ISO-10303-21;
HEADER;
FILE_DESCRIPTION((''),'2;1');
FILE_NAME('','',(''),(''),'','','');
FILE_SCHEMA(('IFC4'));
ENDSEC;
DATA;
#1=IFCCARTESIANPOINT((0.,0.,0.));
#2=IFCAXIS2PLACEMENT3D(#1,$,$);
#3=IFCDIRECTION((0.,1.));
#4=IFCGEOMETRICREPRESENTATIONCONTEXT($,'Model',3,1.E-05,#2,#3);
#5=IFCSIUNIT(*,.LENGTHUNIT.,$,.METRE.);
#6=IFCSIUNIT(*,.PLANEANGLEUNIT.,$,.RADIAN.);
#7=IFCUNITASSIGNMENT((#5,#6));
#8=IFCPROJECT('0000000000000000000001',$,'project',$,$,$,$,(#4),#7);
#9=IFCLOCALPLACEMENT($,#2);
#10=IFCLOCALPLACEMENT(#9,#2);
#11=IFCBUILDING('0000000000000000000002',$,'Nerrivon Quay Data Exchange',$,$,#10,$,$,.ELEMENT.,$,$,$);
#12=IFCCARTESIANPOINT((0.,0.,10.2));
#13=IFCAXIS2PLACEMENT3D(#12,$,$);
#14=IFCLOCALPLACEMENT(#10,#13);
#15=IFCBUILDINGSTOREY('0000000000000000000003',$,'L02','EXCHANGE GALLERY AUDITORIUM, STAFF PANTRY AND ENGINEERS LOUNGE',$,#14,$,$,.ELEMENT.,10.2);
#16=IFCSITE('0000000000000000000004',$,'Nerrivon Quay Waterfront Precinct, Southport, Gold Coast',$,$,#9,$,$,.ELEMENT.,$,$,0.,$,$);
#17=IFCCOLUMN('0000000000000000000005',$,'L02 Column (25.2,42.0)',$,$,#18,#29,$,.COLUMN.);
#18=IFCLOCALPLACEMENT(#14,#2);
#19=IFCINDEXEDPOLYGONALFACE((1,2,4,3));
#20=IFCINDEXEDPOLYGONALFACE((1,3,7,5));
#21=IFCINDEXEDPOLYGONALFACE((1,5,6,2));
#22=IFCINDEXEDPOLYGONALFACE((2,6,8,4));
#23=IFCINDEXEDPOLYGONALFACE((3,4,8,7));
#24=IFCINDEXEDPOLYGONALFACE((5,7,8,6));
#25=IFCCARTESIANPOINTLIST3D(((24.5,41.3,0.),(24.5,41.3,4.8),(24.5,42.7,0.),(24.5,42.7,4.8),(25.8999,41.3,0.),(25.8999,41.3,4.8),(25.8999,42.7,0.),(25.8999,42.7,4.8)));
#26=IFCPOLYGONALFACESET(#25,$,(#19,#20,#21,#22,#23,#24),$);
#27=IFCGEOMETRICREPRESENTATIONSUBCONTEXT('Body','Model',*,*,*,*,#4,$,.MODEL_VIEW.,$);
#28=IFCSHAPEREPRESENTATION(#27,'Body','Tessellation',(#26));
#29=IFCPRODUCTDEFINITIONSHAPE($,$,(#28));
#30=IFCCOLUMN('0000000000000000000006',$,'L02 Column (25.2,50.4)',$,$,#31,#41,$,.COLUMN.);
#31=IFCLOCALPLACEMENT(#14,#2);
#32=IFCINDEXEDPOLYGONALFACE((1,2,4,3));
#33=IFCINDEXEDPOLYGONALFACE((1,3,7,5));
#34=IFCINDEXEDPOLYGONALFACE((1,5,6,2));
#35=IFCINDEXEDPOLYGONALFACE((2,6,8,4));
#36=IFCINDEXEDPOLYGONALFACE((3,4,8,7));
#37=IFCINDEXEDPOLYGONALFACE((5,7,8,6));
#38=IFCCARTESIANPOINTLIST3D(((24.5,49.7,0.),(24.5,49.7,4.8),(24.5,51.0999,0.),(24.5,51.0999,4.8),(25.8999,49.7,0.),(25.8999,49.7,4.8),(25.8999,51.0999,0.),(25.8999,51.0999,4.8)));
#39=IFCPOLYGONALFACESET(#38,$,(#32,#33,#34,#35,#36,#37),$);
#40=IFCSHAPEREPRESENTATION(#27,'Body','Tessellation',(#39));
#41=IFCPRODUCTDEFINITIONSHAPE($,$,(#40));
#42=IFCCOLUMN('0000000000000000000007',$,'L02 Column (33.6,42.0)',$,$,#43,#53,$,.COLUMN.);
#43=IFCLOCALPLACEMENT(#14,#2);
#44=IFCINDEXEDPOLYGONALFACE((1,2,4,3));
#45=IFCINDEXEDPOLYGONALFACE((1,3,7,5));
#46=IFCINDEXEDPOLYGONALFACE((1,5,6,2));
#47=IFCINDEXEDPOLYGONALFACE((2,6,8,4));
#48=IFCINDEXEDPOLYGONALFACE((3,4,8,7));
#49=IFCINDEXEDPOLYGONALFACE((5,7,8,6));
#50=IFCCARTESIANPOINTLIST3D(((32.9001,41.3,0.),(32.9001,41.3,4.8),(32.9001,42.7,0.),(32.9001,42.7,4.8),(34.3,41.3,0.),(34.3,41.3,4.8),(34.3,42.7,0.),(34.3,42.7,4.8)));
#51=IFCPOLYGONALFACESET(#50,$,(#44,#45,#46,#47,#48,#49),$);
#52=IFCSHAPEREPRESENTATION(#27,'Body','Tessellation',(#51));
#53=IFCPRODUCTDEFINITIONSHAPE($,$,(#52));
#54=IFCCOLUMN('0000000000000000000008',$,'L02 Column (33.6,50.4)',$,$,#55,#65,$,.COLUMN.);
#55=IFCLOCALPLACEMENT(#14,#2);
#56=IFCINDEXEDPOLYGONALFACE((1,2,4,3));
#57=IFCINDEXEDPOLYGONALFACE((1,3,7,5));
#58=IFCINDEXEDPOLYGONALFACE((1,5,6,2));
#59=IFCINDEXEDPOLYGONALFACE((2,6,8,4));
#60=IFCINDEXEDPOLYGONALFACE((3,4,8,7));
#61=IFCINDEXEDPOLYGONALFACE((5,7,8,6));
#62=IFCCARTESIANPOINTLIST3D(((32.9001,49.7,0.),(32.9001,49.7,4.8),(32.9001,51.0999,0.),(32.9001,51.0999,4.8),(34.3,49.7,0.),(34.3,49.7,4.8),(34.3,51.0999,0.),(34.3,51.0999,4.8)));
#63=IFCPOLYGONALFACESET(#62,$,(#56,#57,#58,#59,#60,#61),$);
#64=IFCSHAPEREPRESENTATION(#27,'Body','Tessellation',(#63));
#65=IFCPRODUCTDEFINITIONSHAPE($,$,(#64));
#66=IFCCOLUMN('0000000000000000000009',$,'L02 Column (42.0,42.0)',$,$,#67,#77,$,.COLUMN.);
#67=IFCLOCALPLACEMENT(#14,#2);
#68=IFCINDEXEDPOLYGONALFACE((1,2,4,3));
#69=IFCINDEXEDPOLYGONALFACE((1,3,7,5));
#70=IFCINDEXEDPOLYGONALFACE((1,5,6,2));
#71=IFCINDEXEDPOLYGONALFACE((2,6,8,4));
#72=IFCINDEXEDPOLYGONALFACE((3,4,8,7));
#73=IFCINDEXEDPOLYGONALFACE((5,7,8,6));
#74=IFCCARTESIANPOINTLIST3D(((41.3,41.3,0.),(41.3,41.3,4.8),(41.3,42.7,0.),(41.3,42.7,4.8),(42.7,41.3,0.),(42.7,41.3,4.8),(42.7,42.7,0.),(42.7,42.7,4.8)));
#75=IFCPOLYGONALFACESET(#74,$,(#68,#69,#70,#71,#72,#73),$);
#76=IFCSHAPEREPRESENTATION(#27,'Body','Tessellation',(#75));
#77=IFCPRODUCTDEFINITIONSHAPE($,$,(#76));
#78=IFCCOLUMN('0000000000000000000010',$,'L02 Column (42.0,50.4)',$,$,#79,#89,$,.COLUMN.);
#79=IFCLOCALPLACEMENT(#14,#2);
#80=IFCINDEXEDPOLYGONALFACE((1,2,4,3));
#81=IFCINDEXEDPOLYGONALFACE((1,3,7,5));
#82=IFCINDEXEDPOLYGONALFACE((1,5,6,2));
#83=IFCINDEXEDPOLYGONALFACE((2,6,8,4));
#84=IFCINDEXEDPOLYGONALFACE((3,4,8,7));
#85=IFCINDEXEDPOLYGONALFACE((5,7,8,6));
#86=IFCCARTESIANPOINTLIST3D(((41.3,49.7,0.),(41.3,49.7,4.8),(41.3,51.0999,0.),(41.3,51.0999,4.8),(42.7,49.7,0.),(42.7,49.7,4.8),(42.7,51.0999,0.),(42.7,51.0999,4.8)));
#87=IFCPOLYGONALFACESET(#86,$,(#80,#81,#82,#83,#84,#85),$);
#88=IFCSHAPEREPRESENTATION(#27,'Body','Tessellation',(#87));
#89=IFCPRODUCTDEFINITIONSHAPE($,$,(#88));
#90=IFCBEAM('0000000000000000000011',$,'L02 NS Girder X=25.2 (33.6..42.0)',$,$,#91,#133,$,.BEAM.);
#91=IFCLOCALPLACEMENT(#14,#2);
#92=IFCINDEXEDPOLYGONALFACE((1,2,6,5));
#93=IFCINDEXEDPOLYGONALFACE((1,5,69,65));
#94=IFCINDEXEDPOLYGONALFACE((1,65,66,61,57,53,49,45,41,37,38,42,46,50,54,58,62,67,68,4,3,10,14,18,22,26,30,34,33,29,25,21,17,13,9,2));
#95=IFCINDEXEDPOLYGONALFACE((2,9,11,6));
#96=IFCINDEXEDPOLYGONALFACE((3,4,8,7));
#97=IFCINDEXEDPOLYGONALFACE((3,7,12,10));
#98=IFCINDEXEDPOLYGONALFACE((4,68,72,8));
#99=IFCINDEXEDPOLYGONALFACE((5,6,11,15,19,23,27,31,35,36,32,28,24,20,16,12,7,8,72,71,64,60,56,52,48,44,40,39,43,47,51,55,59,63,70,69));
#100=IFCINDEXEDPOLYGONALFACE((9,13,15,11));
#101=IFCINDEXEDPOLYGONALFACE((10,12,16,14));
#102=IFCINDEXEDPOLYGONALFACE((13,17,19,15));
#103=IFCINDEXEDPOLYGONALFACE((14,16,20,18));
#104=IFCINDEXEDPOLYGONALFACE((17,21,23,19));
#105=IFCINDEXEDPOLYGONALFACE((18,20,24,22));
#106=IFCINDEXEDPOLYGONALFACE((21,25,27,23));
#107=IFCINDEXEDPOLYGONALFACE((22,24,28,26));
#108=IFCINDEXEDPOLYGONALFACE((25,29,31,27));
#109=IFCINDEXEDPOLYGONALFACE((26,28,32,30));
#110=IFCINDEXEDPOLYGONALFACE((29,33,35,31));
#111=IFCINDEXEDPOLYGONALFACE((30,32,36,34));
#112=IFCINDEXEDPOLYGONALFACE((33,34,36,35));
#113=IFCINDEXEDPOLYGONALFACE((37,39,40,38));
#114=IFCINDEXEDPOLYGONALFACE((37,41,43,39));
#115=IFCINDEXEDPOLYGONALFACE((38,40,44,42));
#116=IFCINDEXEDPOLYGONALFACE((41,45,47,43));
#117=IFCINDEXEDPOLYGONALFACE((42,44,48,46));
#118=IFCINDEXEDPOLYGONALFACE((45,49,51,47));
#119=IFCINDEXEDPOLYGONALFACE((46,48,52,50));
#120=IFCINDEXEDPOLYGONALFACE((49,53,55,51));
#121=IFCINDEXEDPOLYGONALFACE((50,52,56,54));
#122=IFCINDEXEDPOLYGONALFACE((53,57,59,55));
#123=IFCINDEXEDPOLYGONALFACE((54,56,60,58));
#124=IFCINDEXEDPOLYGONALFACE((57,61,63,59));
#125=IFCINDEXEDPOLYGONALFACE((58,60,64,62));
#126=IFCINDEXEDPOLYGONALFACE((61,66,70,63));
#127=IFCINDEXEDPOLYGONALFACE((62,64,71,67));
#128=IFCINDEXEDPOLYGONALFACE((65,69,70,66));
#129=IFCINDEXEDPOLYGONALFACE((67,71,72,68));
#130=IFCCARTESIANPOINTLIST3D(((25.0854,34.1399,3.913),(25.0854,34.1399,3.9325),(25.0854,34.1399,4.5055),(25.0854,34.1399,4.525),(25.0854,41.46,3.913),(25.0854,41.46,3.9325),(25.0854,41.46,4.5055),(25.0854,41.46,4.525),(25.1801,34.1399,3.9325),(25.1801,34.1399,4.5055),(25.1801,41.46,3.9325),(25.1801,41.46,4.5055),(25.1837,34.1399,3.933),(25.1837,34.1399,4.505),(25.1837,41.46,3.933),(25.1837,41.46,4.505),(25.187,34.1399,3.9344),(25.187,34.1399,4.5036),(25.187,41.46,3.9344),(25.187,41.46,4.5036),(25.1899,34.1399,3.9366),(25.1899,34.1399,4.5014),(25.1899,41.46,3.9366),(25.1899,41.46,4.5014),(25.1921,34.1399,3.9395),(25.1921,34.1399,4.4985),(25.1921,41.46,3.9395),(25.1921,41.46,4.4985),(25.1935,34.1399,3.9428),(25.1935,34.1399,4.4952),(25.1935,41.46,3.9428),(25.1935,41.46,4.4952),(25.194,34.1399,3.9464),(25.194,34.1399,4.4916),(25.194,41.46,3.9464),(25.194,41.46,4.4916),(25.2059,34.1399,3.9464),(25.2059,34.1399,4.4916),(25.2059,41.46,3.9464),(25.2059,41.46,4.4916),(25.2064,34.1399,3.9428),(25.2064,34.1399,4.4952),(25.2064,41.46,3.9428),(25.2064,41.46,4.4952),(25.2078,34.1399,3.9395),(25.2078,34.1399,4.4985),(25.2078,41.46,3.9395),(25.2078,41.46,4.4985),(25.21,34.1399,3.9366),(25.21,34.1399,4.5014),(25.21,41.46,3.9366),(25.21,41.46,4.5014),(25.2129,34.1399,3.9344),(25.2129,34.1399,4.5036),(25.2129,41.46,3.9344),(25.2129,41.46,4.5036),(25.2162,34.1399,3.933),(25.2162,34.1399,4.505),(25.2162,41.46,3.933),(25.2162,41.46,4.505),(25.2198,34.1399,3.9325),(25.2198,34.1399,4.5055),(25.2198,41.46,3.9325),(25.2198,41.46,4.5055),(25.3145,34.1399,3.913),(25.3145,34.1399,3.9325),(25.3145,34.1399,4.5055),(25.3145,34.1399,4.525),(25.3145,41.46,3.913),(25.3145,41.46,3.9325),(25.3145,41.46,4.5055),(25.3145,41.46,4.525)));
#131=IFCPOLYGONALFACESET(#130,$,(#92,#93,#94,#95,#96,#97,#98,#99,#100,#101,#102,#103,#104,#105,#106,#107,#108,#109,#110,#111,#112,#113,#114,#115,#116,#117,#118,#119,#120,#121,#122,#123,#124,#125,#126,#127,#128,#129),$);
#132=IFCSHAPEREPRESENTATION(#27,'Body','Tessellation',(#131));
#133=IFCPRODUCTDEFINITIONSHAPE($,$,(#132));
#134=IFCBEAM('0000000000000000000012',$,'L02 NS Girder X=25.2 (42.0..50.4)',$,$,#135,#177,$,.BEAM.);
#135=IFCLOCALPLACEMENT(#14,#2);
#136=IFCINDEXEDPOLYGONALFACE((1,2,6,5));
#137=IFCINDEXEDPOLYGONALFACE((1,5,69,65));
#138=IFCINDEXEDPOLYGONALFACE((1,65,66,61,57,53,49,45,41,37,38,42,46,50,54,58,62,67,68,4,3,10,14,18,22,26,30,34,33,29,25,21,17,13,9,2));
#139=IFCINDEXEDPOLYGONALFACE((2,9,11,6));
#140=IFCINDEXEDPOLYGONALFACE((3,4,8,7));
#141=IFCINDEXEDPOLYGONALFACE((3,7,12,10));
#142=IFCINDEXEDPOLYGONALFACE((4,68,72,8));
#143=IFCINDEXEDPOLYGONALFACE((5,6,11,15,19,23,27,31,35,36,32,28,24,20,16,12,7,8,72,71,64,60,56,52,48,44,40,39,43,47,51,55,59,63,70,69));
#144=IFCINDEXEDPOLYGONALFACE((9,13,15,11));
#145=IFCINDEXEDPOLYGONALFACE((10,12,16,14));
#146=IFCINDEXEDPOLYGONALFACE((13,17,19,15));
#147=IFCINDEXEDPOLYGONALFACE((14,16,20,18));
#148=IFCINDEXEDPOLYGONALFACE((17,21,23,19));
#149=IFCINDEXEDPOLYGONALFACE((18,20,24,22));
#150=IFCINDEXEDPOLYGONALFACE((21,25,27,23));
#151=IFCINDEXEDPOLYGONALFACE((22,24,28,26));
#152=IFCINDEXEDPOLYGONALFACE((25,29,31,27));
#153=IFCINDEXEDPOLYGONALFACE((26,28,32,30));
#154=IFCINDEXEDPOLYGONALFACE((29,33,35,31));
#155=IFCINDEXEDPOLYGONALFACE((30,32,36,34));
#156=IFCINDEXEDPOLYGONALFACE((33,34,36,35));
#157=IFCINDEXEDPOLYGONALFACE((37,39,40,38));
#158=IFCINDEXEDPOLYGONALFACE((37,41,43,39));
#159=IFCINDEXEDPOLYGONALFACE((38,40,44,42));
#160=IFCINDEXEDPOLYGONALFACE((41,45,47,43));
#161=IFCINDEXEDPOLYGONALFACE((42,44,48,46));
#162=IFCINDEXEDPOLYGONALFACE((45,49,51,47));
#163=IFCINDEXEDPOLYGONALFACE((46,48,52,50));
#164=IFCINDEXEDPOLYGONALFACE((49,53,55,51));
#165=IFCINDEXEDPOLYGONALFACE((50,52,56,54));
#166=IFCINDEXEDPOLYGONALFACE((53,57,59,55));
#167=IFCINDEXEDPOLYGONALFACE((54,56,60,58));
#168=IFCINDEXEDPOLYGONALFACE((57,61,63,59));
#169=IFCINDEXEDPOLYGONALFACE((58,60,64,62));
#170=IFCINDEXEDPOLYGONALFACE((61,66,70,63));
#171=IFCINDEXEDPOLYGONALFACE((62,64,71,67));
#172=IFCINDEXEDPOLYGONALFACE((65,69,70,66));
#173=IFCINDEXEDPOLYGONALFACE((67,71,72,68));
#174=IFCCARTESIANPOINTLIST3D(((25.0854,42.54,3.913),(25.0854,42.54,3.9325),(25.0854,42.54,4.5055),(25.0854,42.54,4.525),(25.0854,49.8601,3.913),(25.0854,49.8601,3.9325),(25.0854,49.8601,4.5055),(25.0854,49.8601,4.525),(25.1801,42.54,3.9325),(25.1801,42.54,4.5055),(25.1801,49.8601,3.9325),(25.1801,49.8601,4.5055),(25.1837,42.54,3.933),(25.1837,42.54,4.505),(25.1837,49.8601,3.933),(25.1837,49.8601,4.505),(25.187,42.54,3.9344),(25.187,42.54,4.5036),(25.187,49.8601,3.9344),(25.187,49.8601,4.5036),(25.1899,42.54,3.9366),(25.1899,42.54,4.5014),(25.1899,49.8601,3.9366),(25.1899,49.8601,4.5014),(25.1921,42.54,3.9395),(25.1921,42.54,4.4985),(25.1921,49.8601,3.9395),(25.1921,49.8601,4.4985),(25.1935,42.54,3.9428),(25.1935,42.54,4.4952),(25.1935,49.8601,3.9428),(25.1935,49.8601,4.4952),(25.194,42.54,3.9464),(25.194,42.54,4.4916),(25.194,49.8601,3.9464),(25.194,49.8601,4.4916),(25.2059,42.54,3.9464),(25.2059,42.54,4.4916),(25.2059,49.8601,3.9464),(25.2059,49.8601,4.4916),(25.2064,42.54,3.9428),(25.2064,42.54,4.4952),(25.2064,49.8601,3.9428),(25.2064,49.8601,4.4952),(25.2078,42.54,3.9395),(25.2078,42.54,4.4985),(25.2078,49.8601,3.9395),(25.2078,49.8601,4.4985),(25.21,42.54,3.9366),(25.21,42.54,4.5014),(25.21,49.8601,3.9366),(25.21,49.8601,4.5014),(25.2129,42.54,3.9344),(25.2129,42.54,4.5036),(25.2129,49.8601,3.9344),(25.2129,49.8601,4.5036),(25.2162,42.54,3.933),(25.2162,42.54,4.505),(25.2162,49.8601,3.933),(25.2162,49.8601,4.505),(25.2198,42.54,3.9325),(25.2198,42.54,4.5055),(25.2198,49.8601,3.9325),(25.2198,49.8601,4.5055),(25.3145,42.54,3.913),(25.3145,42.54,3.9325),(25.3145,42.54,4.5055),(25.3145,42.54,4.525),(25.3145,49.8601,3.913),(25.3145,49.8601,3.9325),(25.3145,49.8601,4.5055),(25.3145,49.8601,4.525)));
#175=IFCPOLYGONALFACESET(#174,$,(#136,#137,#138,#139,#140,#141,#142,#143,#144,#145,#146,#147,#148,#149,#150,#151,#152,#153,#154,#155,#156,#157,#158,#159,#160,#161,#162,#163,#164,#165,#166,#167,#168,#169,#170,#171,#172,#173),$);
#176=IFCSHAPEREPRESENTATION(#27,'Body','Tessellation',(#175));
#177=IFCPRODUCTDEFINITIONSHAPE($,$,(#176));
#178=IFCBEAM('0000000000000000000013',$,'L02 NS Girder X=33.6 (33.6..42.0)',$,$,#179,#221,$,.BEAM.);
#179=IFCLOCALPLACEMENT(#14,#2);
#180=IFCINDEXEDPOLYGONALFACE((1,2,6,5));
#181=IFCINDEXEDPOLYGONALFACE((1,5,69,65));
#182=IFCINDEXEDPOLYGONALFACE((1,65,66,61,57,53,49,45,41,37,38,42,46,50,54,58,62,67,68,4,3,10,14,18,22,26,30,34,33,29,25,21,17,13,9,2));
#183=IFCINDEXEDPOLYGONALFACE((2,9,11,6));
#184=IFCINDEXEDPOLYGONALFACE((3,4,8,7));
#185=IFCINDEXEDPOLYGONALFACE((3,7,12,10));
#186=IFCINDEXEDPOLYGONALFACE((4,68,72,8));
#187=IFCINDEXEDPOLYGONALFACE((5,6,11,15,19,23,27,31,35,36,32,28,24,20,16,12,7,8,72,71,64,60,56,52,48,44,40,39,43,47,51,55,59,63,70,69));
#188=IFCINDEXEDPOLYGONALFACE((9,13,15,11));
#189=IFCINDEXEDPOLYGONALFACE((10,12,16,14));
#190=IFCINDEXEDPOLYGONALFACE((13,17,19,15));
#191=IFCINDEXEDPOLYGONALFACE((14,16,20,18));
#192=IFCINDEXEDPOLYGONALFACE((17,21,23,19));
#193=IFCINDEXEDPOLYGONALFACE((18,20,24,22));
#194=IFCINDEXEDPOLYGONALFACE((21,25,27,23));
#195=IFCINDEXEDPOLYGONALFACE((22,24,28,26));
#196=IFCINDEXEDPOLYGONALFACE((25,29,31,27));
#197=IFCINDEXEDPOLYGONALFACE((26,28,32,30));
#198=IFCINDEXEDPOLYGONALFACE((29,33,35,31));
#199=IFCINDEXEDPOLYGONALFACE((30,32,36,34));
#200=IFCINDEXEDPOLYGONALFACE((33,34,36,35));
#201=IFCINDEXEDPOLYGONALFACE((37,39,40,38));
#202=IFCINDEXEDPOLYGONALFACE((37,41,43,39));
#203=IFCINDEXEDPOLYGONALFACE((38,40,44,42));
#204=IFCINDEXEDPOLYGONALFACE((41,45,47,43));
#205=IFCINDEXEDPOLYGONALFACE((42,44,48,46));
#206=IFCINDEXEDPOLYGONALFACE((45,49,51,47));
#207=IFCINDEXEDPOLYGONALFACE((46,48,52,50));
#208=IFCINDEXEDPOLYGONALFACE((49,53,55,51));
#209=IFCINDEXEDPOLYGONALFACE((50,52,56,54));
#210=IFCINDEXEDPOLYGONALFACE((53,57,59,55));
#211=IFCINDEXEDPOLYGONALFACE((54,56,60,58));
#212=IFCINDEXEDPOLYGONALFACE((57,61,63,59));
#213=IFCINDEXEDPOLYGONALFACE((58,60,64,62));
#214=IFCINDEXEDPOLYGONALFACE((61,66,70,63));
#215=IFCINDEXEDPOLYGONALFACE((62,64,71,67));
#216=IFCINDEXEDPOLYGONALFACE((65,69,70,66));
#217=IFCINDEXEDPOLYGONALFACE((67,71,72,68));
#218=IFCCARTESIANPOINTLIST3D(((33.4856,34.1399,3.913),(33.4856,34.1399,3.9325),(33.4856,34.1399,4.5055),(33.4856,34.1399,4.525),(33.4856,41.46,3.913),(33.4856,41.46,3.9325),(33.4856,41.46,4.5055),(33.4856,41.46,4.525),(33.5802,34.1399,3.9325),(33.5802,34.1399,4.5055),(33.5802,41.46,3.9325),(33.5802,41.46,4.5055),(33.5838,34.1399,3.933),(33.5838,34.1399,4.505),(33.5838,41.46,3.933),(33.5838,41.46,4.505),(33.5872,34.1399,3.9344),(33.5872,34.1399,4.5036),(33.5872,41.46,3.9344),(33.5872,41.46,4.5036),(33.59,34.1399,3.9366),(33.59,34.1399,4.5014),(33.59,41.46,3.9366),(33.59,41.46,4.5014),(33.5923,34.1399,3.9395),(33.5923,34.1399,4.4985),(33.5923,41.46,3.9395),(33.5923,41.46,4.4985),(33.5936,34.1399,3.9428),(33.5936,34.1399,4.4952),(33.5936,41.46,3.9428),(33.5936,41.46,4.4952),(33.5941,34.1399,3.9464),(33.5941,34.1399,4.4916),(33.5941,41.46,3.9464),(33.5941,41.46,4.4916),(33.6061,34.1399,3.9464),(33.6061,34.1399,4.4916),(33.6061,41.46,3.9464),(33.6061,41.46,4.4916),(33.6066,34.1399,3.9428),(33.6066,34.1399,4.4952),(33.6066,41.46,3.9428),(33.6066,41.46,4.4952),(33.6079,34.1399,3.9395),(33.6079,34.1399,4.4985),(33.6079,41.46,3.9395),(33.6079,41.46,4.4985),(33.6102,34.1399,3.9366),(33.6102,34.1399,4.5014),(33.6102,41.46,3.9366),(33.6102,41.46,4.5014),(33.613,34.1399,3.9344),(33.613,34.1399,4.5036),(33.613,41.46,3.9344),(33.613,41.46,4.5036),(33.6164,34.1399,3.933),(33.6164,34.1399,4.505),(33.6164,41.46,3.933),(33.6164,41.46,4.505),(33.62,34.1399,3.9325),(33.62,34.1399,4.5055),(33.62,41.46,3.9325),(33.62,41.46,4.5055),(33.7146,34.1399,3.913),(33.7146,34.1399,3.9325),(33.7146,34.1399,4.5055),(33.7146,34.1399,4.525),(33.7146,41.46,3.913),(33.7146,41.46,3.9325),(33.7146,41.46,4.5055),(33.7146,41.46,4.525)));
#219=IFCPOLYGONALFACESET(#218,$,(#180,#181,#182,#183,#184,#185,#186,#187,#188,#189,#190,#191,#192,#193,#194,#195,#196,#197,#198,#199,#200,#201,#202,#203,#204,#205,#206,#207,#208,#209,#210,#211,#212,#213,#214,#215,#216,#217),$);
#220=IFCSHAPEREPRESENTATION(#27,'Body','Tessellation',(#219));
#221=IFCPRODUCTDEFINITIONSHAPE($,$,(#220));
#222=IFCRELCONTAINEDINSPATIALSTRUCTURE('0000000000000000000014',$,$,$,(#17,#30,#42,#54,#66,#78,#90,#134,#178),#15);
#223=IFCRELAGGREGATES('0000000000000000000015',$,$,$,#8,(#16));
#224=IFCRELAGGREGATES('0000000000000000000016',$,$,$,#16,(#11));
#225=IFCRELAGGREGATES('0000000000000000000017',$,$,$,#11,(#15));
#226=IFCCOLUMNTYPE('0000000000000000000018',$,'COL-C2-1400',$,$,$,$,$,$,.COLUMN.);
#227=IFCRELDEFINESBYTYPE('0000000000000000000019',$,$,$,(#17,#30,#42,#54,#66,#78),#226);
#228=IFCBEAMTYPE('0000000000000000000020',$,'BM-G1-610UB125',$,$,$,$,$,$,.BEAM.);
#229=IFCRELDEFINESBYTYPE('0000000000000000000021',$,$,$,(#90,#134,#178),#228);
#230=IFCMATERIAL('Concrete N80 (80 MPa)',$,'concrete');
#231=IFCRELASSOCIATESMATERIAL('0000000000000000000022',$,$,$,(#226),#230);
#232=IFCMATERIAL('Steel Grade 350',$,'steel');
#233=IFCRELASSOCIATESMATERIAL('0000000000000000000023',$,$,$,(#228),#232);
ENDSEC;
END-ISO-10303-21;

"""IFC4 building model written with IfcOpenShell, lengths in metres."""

from ifc_helpers import new_model, si_unit, direction, frame, origin, origin_2d, place, context, subcontext, project, spatial, rectangle, i_section, extrude, material, material_profile, profile_set, type_object, element, save


model = new_model("IFC4")

# Units and contexts
model_context = context("Model", 3, precision=1e-05, world=origin(), true_north=direction((0.0, 1.0)))
body_context = subcontext(model_context, "Body", "Model", "MODEL_VIEW")
ifc_project = project(units=[si_unit("LENGTHUNIT", "METRE"), si_unit("PLANEANGLEUNIT", "RADIAN")], contexts=[model_context])

# Site, building, storey
site_placement = place(None, origin())
site = spatial("IfcSite", under=ifc_project, at=site_placement, Name="Nerrivon Quay Waterfront Precinct, Southport, Gold Coast", CompositionType="ELEMENT", RefElevation=0.0)
building_placement = place(site_placement, origin())
building = spatial("IfcBuilding", under=site, at=building_placement, Name="Nerrivon Quay Data Exchange", CompositionType="ELEMENT")
storey_placement = place(building_placement, frame((0.0, 0.0, 10.2)))
storey = spatial("IfcBuildingStorey", under=building, at=storey_placement, Name="L02", Description="EXCHANGE GALLERY AUDITORIUM, STAFF PANTRY AND ENGINEERS LOUNGE", CompositionType="ELEMENT", Elevation=10.2)

# Columns
ifc_material_1 = material(Name="Concrete N80 (80 MPa)", Category="concrete")
ifc_material_profile_1 = material_profile(ifc_material_1, rectangle(XDim=1.3999, YDim=1.3999, at=origin_2d()), Name="RC-COL-1400x1400")
ifc_profile_set_1 = profile_set([ifc_material_profile_1], Name="Concrete N80 (80 MPa)")
column_type = type_object("IfcColumnType", Name="COL-C2-1400", PredefinedType="COLUMN", material=ifc_profile_set_1)
for number, where, z_axis, x_axis, name in (
    (1, (25.2, 42.0, 0.0), (0.0, 0.0, 1.0), (1.0, 0.0, 0.0), "L02 Column (25.2,42.0)"),
    (2, (25.2, 50.3999, 0.0), (0.0, 0.0, 1.0), (1.0, 0.0, 0.0), "L02 Column (25.2,50.4)"),
    (3, (33.6001, 42.0, 0.0), (0.0, 0.0, 1.0), (1.0, 0.0, 0.0), "L02 Column (33.6,42.0)"),
    (4, (33.6001, 50.3999, 0.0), (0.0, 0.0, 1.0), (1.0, 0.0, 0.0), "L02 Column (33.6,50.4)"),
    (5, (42.0, 42.0, 0.0), (0.0, 0.0, 1.0), (1.0, 0.0, 0.0), "L02 Column (42.0,42.0)"),
    (6, (42.0, 50.3999, 0.0), (0.0, 0.0, 1.0), (1.0, 0.0, 0.0), "L02 Column (42.0,50.4)"),
):
    element("IfcColumn", number, at=place(storey_placement, frame(where, z_axis=z_axis, x_axis=x_axis)), inside=storey, type_object=column_type, Name=name, PredefinedType="COLUMN", context=body_context, shape_type="SweptSolid", body=[
        extrude(rectangle(XDim=1.3999, YDim=1.3999, at=origin_2d()), origin(), (0.0, 0.0, 1.0), 4.8),
    ])

# Beams
ifc_material_2 = material(Name="Steel Grade 350", Category="steel")
ifc_material_profile_2 = material_profile(ifc_material_2, i_section(OverallWidth=0.229, OverallDepth=0.6121, WebThickness=0.012, FlangeThickness=0.0195, FilletRadius=0.0139, at=origin_2d()), Name="610UB125")
ifc_profile_set_2 = profile_set([ifc_material_profile_2], Name="Steel Grade 350")
beam_type_1 = type_object("IfcBeamType", Name="BM-G1-610UB125", PredefinedType="BEAM", material=ifc_profile_set_2)
for number, where, z_axis, x_axis, name in (
    (7, (25.2, 34.1399, 4.219), (0.0, 1.0, 0.0), (-1.0, 0.0, 0.0), "L02 NS Girder X=25.2 (33.6..42.0)"),
    (8, (25.2, 42.54, 4.219), (0.0, 1.0, 0.0), (-1.0, 0.0, 0.0), "L02 NS Girder X=25.2 (42.0..50.4)"),
    (9, (33.6001, 34.1399, 4.219), (0.0, 1.0, 0.0), (-1.0, 0.0, 0.0), "L02 NS Girder X=33.6 (33.6..42.0)"),
):
    element("IfcBeam", number, at=place(storey_placement, frame(where, z_axis=z_axis, x_axis=x_axis)), inside=storey, type_object=beam_type_1, Name=name, PredefinedType="BEAM", context=body_context, shape_type="SweptSolid", body=[
        extrude(i_section(OverallWidth=0.229, OverallDepth=0.6121, WebThickness=0.012, FlangeThickness=0.0195, FilletRadius=0.0139, at=origin_2d()), origin(), (0.0, 0.0, 1.0), 7.3201),
    ])

save(model, "model.ifc")
